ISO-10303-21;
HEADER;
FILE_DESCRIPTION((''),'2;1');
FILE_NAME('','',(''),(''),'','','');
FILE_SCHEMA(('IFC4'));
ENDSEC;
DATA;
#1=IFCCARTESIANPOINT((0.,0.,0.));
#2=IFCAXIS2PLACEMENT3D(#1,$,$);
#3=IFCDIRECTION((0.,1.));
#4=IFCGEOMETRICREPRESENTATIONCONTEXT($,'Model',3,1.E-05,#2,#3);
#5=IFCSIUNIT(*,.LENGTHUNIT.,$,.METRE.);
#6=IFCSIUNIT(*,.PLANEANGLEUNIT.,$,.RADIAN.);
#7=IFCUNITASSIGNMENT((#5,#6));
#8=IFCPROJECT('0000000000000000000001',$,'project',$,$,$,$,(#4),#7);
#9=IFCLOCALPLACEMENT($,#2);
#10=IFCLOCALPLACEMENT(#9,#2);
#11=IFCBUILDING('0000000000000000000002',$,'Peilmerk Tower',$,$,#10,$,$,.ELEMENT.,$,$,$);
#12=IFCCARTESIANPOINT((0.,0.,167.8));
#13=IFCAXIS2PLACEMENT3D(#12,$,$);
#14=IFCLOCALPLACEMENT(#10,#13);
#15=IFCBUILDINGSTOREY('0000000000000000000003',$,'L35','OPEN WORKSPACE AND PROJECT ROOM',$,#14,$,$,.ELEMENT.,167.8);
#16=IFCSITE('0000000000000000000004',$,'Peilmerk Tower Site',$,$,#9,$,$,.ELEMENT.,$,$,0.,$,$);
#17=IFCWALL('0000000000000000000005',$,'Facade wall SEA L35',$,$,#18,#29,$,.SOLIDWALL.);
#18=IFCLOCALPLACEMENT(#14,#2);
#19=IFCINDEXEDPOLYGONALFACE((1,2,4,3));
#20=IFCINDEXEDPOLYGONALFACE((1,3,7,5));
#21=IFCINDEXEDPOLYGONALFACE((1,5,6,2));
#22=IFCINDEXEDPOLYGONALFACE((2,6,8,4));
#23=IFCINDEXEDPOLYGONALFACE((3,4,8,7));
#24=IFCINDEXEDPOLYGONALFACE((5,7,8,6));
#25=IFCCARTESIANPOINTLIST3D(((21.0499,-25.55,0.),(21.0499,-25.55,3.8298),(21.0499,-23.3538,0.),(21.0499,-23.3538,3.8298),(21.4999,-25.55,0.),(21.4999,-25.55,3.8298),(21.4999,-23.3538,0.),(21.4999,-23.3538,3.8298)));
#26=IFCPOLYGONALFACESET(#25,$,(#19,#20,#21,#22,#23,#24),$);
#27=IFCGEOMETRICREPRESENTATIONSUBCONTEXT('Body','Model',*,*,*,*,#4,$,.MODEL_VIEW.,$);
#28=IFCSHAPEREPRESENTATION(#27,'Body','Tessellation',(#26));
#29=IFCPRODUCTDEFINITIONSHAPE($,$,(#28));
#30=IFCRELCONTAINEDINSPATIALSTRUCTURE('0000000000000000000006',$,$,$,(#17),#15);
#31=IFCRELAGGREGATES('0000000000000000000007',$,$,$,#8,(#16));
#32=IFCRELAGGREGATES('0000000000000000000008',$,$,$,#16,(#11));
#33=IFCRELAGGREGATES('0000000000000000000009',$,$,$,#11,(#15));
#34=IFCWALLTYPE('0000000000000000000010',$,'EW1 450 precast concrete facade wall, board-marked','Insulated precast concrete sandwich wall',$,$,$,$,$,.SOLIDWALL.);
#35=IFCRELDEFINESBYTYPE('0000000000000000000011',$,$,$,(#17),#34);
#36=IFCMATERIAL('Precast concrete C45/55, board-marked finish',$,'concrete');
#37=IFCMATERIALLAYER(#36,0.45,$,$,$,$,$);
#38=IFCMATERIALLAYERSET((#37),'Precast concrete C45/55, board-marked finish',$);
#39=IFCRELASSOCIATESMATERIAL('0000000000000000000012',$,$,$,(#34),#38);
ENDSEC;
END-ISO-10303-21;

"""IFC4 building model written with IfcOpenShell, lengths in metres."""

from ifc_helpers import new_model, si_unit, direction, frame, frame_2d, origin, place, context, subcontext, project, spatial, rectangle, extrude, material, layer, layer_set, type_object, element, save


model = new_model("IFC4")

# Units and contexts
model_context = context("Model", 3, precision=1e-05, world=origin(), true_north=direction((0.0, 1.0)))
body_context = subcontext(model_context, "Body", "Model", "MODEL_VIEW")
ifc_project = project(units=[si_unit("LENGTHUNIT", "METRE"), si_unit("PLANEANGLEUNIT", "RADIAN")], contexts=[model_context])

# Site, building, storey
site_placement = place(None, origin())
site = spatial("IfcSite", under=ifc_project, at=site_placement, Name="Peilmerk Tower Site", CompositionType="ELEMENT", RefElevation=0.0)
building_placement = place(site_placement, origin())
building = spatial("IfcBuilding", under=site, at=building_placement, Name="Peilmerk Tower", CompositionType="ELEMENT")
storey_placement = place(building_placement, frame((0.0, 0.0, 167.8)))
storey = spatial("IfcBuildingStorey", under=building, at=storey_placement, Name="L35", Description="OPEN WORKSPACE AND PROJECT ROOM", CompositionType="ELEMENT", Elevation=167.8)

# Shared definitions
ifc_material_1 = material(Name="Precast concrete C45/55, board-marked finish", Category="concrete")
ifc_layer_1 = layer(ifc_material_1, 0.45)
ifc_layer_set_1 = layer_set([ifc_layer_1], Name="Precast concrete C45/55, board-marked finish")
wall_type = type_object("IfcWallType", Name="EW1 450 precast concrete facade wall, board-marked", Description="Insulated precast concrete sandwich wall", PredefinedType="SOLIDWALL", material=ifc_layer_set_1)

# Wall
wall_1_placement = place(storey_placement, frame((21.2749, -23.3538, 0.0), z_axis=(0.0, 0.0, 1.0), x_axis=(0.0, -1.0, 0.0)))
element("IfcWall", 1, at=wall_1_placement, inside=storey, type_object=wall_type, Name="Facade wall SEA L35", PredefinedType="SOLIDWALL", context=body_context, shape_type="SweptSolid", body=[
    extrude(rectangle(XDim=2.1963, YDim=0.45, at=frame_2d((1.0981, 0.0))), origin(), (0.0, 0.0, 1.0), 3.8298),
])

save(model, "model.ifc")
